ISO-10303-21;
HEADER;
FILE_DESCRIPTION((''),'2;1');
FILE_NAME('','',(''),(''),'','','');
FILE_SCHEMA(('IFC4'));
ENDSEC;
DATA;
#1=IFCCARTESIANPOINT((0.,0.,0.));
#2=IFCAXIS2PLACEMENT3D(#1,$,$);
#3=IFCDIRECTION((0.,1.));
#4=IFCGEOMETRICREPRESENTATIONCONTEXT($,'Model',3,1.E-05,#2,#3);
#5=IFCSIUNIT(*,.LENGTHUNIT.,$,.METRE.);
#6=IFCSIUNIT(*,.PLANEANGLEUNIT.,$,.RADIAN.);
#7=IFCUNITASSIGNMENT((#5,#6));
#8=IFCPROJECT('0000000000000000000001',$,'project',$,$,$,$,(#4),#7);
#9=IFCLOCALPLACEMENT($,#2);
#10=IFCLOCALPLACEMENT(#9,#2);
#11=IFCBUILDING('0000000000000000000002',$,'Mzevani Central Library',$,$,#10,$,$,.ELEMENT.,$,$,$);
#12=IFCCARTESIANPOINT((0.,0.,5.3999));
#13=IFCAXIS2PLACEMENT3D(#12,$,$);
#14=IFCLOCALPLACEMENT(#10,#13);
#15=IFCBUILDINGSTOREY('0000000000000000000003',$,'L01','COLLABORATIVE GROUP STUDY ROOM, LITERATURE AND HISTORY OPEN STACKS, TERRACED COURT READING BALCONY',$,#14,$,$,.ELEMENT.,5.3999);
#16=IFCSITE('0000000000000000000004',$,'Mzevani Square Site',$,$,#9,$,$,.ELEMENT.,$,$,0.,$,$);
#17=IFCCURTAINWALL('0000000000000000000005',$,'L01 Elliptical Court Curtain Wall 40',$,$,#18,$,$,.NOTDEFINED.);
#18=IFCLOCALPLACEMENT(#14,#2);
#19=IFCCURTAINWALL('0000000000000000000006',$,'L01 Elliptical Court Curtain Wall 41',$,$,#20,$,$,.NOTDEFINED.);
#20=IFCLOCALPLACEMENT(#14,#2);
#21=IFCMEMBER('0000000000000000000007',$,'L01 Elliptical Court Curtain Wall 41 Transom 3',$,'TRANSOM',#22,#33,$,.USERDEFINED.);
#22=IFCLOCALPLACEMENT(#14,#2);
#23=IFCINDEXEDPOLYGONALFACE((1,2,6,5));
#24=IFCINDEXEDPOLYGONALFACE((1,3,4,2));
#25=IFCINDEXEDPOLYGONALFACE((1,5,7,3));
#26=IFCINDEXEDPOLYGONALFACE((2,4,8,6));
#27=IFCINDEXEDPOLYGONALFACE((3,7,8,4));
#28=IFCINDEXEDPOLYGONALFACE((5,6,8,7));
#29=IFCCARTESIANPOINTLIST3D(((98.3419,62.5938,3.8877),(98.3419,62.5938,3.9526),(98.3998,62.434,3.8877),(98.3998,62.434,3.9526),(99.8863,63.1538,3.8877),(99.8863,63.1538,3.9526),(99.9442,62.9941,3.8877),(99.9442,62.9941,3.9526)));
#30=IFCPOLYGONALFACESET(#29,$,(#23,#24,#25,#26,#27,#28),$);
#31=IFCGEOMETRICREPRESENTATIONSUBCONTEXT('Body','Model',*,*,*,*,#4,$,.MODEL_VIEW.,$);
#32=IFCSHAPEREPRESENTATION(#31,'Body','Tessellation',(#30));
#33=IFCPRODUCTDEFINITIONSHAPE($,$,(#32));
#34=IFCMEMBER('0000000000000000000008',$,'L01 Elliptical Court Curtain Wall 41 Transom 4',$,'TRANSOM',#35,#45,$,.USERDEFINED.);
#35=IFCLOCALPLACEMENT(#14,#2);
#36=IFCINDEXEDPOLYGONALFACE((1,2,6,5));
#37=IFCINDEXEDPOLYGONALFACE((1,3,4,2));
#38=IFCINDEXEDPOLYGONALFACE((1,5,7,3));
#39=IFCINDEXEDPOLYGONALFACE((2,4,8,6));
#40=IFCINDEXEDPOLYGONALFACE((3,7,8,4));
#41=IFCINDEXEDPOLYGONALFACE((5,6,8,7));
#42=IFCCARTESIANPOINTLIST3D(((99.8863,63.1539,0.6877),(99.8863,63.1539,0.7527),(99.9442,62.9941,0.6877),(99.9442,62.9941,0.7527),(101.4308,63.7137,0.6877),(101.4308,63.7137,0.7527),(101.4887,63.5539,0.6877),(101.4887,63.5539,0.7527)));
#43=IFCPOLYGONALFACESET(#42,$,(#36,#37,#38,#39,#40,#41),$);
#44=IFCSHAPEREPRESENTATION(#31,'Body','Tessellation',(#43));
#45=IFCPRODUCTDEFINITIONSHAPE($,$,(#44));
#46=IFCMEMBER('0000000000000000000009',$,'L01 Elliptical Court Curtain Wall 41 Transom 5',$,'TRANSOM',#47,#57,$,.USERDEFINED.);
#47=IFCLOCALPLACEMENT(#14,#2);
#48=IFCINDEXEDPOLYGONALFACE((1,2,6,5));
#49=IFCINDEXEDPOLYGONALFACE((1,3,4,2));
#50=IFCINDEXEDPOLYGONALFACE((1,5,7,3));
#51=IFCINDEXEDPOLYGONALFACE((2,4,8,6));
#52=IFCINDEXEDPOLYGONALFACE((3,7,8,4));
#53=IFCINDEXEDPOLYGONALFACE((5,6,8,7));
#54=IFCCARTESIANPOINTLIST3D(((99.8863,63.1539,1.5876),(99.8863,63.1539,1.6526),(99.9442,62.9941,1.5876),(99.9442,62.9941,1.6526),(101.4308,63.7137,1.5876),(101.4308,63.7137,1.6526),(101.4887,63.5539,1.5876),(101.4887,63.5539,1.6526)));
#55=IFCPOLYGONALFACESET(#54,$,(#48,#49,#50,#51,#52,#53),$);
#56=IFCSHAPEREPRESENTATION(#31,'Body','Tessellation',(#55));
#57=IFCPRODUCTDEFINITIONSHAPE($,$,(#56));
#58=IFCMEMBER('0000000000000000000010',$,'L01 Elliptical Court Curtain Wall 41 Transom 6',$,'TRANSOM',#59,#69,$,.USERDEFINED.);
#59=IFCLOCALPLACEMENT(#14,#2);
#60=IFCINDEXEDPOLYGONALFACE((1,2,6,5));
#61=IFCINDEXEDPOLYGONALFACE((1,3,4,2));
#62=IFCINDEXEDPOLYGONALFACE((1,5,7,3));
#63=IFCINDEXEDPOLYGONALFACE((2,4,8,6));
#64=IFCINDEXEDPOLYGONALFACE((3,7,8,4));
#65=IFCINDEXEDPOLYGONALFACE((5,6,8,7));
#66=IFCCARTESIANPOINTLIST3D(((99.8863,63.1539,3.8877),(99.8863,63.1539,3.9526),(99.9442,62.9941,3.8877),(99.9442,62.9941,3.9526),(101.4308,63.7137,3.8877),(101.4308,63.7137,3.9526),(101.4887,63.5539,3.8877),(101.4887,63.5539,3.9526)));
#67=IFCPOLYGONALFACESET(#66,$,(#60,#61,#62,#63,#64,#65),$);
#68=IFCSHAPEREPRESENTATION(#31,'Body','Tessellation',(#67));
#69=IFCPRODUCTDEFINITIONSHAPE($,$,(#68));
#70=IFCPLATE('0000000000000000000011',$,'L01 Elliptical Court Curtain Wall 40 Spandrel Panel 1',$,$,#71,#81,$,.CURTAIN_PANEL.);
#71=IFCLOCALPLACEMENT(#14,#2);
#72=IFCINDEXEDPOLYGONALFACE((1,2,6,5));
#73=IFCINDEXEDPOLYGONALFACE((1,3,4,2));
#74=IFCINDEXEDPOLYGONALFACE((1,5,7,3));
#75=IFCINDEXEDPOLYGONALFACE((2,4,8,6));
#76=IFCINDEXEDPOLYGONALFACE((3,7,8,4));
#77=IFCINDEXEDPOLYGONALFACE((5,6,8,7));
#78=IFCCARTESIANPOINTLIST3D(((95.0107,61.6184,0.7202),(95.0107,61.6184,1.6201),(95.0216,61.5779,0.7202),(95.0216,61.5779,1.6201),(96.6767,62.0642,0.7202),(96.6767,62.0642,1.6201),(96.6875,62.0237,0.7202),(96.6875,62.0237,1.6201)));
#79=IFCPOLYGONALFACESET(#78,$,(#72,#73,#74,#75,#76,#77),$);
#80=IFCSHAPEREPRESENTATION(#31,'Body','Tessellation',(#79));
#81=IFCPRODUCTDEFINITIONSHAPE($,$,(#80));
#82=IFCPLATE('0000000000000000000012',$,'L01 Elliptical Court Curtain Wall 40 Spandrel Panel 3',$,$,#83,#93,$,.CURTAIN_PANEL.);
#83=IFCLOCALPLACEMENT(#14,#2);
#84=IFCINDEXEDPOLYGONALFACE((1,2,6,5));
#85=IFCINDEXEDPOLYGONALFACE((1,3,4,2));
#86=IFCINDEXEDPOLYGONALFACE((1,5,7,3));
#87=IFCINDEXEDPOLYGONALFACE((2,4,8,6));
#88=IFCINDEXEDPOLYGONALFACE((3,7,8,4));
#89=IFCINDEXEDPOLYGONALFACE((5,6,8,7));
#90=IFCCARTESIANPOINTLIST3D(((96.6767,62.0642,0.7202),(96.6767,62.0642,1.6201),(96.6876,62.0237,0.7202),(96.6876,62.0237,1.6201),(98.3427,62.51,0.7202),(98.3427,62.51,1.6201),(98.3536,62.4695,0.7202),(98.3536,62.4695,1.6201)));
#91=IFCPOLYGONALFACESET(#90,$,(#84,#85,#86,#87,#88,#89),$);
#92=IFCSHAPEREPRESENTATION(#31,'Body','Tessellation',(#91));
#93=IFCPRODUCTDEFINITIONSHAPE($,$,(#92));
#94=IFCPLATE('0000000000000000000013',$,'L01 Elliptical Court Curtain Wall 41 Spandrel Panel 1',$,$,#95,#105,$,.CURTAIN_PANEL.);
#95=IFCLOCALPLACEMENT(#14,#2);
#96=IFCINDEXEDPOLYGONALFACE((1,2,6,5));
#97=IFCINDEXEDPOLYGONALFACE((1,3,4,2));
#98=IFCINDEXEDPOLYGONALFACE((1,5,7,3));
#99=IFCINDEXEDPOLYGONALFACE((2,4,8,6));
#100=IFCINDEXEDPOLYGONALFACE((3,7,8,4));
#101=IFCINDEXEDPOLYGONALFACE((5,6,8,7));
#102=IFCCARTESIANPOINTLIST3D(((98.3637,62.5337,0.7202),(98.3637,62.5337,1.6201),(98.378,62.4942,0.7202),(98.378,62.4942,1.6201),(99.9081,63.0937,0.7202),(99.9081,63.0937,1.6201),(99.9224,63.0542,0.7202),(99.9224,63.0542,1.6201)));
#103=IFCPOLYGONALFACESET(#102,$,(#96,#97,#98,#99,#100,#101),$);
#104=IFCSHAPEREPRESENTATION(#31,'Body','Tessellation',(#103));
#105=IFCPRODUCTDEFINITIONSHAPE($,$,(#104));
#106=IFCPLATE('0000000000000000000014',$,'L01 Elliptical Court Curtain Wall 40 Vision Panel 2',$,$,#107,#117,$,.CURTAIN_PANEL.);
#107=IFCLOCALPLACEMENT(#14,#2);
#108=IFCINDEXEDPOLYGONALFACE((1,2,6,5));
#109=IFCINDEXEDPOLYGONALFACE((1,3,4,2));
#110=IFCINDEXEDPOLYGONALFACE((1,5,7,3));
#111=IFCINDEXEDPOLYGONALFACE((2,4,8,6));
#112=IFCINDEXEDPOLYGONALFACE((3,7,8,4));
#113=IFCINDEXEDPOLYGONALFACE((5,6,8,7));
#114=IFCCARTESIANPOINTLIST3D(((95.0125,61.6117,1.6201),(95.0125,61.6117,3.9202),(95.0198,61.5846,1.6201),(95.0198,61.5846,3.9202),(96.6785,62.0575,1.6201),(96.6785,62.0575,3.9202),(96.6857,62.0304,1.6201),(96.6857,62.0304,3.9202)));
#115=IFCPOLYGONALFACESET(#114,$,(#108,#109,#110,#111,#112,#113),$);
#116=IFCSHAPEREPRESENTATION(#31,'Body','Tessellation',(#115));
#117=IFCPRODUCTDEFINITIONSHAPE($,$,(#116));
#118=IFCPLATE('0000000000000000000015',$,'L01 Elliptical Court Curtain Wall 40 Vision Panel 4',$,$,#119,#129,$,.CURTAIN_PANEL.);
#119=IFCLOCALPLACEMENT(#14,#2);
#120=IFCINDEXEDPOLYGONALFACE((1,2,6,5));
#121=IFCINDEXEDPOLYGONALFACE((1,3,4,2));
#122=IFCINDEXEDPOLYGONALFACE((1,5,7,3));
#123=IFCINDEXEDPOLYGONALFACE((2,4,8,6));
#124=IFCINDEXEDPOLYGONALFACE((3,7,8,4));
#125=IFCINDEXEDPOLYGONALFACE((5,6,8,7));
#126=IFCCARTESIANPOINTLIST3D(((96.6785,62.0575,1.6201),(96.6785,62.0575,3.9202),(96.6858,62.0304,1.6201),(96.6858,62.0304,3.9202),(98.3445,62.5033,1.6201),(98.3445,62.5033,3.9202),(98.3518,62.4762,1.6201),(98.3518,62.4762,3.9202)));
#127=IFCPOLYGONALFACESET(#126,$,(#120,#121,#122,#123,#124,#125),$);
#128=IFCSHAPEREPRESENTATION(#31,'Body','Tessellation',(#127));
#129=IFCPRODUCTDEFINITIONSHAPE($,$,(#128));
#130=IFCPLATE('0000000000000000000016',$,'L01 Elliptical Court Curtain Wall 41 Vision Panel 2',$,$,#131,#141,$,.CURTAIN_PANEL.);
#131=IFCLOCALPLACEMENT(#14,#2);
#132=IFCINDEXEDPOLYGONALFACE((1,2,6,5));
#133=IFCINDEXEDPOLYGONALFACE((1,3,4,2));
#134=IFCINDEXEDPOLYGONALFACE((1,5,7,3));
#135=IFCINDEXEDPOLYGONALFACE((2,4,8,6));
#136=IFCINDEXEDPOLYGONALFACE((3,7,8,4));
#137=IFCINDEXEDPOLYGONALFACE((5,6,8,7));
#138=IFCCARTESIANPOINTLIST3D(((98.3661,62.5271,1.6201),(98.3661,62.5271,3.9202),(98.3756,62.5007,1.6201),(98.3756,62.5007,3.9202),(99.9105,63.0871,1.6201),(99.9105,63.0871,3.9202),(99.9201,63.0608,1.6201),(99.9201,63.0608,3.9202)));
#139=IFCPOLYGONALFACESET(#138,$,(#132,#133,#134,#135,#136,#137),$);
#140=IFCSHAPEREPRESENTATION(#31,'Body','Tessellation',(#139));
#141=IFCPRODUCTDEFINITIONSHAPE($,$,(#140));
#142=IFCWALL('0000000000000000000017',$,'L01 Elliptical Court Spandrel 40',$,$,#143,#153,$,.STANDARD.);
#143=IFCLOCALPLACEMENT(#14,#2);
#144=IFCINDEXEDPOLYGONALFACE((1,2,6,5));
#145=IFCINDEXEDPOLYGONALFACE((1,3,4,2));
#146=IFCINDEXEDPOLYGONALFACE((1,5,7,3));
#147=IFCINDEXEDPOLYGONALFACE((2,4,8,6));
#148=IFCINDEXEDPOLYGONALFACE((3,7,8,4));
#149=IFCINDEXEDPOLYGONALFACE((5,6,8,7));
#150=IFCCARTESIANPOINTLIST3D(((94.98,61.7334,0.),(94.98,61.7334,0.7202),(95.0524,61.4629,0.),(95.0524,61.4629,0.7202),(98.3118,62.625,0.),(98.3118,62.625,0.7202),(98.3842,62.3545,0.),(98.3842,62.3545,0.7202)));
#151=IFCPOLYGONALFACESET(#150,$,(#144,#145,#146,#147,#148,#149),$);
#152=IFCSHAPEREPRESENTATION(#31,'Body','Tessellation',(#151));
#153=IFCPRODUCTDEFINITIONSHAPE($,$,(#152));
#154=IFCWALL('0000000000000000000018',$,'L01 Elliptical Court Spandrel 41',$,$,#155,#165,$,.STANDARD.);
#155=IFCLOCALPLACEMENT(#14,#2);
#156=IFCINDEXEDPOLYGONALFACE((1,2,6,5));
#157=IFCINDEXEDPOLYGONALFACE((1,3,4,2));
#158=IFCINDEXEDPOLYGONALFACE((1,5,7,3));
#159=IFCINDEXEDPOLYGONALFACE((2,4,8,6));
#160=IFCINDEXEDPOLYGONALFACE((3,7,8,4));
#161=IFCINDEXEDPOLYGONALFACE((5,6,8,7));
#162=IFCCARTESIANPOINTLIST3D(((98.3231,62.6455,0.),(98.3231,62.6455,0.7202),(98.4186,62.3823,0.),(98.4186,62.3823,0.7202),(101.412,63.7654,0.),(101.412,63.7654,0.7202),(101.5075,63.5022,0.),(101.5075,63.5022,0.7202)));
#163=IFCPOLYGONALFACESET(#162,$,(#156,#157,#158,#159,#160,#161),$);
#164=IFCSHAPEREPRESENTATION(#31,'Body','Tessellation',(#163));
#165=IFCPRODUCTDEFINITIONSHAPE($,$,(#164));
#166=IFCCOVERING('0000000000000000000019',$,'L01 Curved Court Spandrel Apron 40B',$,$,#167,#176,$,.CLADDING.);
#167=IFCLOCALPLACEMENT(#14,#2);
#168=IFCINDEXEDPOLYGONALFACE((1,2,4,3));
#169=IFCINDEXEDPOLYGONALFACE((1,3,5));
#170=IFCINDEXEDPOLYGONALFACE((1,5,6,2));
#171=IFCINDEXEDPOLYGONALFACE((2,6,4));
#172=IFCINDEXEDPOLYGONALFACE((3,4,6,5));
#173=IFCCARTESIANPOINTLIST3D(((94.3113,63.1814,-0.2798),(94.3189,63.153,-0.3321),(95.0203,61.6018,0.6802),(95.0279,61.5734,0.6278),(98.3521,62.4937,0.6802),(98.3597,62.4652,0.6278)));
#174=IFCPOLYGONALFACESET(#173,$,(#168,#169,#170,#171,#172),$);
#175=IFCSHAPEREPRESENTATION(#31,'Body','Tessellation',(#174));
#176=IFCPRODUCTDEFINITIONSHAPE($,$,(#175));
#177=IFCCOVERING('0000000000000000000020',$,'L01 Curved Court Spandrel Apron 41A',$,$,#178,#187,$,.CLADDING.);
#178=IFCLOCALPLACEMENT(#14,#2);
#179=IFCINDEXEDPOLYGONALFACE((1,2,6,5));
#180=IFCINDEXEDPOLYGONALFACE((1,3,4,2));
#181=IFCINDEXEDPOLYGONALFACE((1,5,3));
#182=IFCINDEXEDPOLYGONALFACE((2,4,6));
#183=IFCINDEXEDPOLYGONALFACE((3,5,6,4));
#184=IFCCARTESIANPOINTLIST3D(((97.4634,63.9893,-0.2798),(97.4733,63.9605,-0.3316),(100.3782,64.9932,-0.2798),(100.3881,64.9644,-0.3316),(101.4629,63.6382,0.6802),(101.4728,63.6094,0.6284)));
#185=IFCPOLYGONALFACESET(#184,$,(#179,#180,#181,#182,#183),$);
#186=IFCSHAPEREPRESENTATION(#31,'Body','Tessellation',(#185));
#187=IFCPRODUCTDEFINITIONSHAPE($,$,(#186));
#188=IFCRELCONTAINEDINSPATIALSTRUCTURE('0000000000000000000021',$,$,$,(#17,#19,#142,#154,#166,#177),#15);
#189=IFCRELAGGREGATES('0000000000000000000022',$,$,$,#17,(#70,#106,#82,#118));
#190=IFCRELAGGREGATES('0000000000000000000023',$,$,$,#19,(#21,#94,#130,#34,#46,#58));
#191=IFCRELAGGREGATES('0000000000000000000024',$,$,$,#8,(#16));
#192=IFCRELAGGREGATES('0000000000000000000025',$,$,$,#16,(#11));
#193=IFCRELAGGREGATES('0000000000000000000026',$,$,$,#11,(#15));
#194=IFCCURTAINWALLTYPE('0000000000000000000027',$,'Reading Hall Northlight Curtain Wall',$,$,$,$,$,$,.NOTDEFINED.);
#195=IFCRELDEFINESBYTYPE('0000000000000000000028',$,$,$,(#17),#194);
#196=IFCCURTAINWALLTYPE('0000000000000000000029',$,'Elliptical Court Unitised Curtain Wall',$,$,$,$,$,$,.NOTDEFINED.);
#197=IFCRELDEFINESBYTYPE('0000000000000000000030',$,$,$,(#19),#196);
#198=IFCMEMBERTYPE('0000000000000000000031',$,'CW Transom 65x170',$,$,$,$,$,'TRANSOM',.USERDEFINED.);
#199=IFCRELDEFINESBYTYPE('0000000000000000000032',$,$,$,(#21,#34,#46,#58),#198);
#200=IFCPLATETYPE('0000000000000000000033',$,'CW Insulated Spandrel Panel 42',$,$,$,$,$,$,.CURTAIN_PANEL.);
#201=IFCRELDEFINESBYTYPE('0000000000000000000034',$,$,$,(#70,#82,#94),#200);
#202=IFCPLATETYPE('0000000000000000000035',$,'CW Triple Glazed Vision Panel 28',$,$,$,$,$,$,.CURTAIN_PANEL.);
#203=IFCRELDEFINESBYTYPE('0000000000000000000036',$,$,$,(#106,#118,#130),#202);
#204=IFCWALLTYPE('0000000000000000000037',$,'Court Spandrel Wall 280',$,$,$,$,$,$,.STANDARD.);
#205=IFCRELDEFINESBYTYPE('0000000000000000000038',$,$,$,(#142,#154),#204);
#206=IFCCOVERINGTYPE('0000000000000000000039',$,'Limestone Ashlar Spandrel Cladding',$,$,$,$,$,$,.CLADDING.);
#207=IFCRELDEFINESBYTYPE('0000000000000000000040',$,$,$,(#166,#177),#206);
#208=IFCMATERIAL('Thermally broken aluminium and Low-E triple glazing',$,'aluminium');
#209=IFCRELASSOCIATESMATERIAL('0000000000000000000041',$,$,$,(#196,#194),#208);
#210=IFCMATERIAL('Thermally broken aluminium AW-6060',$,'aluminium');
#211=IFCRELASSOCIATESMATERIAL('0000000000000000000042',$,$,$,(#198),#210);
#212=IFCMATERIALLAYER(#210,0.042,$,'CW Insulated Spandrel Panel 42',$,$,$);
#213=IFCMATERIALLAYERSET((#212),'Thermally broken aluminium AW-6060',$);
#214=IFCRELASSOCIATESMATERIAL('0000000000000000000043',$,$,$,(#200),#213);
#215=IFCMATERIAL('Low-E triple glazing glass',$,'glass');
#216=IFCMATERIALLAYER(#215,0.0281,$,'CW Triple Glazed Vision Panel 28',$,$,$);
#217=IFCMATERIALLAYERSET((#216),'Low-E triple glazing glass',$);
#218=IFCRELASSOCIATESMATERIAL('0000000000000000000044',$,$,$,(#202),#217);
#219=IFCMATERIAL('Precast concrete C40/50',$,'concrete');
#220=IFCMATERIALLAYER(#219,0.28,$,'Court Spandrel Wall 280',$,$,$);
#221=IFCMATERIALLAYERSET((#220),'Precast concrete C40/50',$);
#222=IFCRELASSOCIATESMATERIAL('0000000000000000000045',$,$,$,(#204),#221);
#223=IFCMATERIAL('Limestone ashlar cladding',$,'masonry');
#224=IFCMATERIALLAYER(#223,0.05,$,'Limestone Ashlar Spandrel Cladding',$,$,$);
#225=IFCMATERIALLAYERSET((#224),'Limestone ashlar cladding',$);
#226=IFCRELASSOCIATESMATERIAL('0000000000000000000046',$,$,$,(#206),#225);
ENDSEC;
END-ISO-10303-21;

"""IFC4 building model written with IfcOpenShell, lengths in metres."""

from ifc_helpers import new_model, si_unit, direction, frame, frame_2d, origin, origin_2d, place, context, subcontext, project, spatial, polyline, rectangle, outline, extrude, material, layer, layer_set, material_profile, profile_set, type_object, element, aggregate, save


model = new_model("IFC4")

# Units and contexts
model_context = context("Model", 3, precision=1e-05, world=origin(), true_north=direction((0.0, 1.0)))
body_context = subcontext(model_context, "Body", "Model", "MODEL_VIEW")
ifc_project = project(units=[si_unit("LENGTHUNIT", "METRE"), si_unit("PLANEANGLEUNIT", "RADIAN")], contexts=[model_context])

# Site, building, storey
site_placement = place(None, origin())
site = spatial("IfcSite", under=ifc_project, at=site_placement, Name="Mzevani Square Site", CompositionType="ELEMENT", RefElevation=0.0)
building_placement = place(site_placement, origin())
building = spatial("IfcBuilding", under=site, at=building_placement, Name="Mzevani Central Library", CompositionType="ELEMENT")
storey_placement = place(building_placement, frame((0.0, 0.0, 5.3999)))
storey = spatial("IfcBuildingStorey", under=building, at=storey_placement, Name="L01", Description="COLLABORATIVE GROUP STUDY ROOM, LITERATURE AND HISTORY OPEN STACKS, TERRACED COURT READING BALCONY", CompositionType="ELEMENT", Elevation=5.3999)

# Shared definitions
ifc_material_1 = material(Name="Thermally broken aluminium and Low-E triple glazing", Category="aluminium")
curtain_wall_type_1 = type_object("IfcCurtainWallType", Name="Elliptical Court Unitised Curtain Wall", PredefinedType="NOTDEFINED", material=ifc_material_1)
ifc_material_2 = material(Name="Thermally broken aluminium AW-6060", Category="aluminium")

# Curtain walls
curtain_wall_type_2 = type_object("IfcCurtainWallType", Name="Reading Hall Northlight Curtain Wall", PredefinedType="NOTDEFINED", material=ifc_material_1)
curtain_wall_1_placement = place(storey_placement, origin())
curtain_wall_1 = element("IfcCurtainWall", 1, at=curtain_wall_1_placement, inside=storey, type_object=curtain_wall_type_2, Name="L01 Elliptical Court Curtain Wall 40", PredefinedType="NOTDEFINED")
curtain_wall_2_placement = place(storey_placement, origin())
curtain_wall_2 = element("IfcCurtainWall", 2, at=curtain_wall_2_placement, inside=storey, type_object=curtain_wall_type_1, Name="L01 Elliptical Court Curtain Wall 41", PredefinedType="NOTDEFINED")

# Members
ifc_material_profile_1 = material_profile(ifc_material_2, rectangle(XDim=0.1699, YDim=0.0649, at=origin_2d()), Name="ALU T65x170")
ifc_profile_set_1 = profile_set([ifc_material_profile_1], Name="Thermally broken aluminium AW-6060")
member_type_1 = type_object("IfcMemberType", Name="CW Transom 65x170", ElementType="TRANSOM", PredefinedType="USERDEFINED", material=ifc_profile_set_1)
member_1_placement = place(storey_placement, frame((98.3708, 62.5139, 3.9202), z_axis=(0.940097, 0.340908, 0.0), x_axis=(-0.340908, 0.940097, 0.0)))
member_1 = element("IfcMember", 3, at=member_1_placement, type_object=member_type_1, Name="L01 Elliptical Court Curtain Wall 41 Transom 3", ObjectType="TRANSOM", PredefinedType="USERDEFINED", context=body_context, shape_type="SweptSolid", body=[
    extrude(rectangle(XDim=0.1699, YDim=0.0649, at=origin_2d()), origin(), (0.0, 0.0, 1.0), 1.6428),
])
member_2_placement = place(storey_placement, frame((99.9153, 63.074, 0.7202), z_axis=(0.940144, 0.340776, 0.0), x_axis=(-0.340776, 0.940144, 0.0)))
member_2 = element("IfcMember", 4, at=member_2_placement, type_object=member_type_1, Name="L01 Elliptical Court Curtain Wall 41 Transom 4", ObjectType="TRANSOM", PredefinedType="USERDEFINED", context=body_context, shape_type="SweptSolid", body=[
    extrude(rectangle(XDim=0.1699, YDim=0.0649, at=origin_2d()), origin(), (0.0, 0.0, 1.0), 1.6428),
])
member_3_placement = place(storey_placement, frame((99.9153, 63.074, 1.6201), z_axis=(0.940144, 0.340776, 0.0), x_axis=(-0.340776, 0.940144, 0.0)))
member_3 = element("IfcMember", 5, at=member_3_placement, type_object=member_type_1, Name="L01 Elliptical Court Curtain Wall 41 Transom 5", ObjectType="TRANSOM", PredefinedType="USERDEFINED", context=body_context, shape_type="SweptSolid", body=[
    extrude(rectangle(XDim=0.1699, YDim=0.0649, at=origin_2d()), origin(), (0.0, 0.0, 1.0), 1.6428),
])
member_4_placement = place(storey_placement, frame((99.9153, 63.074, 3.9202), z_axis=(0.940144, 0.340776, 0.0), x_axis=(-0.340776, 0.940144, 0.0)))
member_4 = element("IfcMember", 6, at=member_4_placement, type_object=member_type_1, Name="L01 Elliptical Court Curtain Wall 41 Transom 6", ObjectType="TRANSOM", PredefinedType="USERDEFINED", context=body_context, shape_type="SweptSolid", body=[
    extrude(rectangle(XDim=0.1699, YDim=0.0649, at=origin_2d()), origin(), (0.0, 0.0, 1.0), 1.6428),
])

# Plates
ifc_layer_1 = layer(ifc_material_2, 0.042, Name="CW Insulated Spandrel Panel 42")
ifc_layer_set_1 = layer_set([ifc_layer_1], Name="Thermally broken aluminium AW-6060")
plate_type_1 = type_object("IfcPlateType", Name="CW Insulated Spandrel Panel 42", PredefinedType="CURTAIN_PANEL", material=ifc_layer_set_1)
plate_1_placement = place(storey_placement, frame((95.8491, 61.821, 0.7202), z_axis=(0.0, 0.0, 1.0), x_axis=(0.966009, 0.258507, 0.0)))
plate_1 = element("IfcPlate", 7, at=plate_1_placement, type_object=plate_type_1, Name="L01 Elliptical Court Curtain Wall 40 Spandrel Panel 1", PredefinedType="CURTAIN_PANEL", context=body_context, shape_type="SweptSolid", body=[
    extrude(rectangle(XDim=1.7246, YDim=0.042, at=origin_2d()), origin(), (0.0, 0.0, 1.0), 0.8999),
])
plate_2_placement = place(storey_placement, frame((97.5151, 62.2668, 0.7202), z_axis=(0.0, 0.0, 1.0), x_axis=(0.966009, 0.258507, 0.0)))
plate_2 = element("IfcPlate", 8, at=plate_2_placement, type_object=plate_type_1, Name="L01 Elliptical Court Curtain Wall 40 Spandrel Panel 3", PredefinedType="CURTAIN_PANEL", context=body_context, shape_type="SweptSolid", body=[
    extrude(rectangle(XDim=1.7246, YDim=0.042, at=origin_2d()), origin(), (0.0, 0.0, 1.0), 0.8999),
])
plate_3_placement = place(storey_placement, frame((99.1431, 62.7939, 0.7202), z_axis=(0.0, 0.0, 1.0), x_axis=(0.940106, 0.340883, 0.0)))
plate_3 = element("IfcPlate", 9, at=plate_3_placement, type_object=plate_type_1, Name="L01 Elliptical Court Curtain Wall 41 Spandrel Panel 1", PredefinedType="CURTAIN_PANEL", context=body_context, shape_type="SweptSolid", body=[
    extrude(rectangle(XDim=1.6428, YDim=0.042, at=origin_2d()), origin(), (0.0, 0.0, 1.0), 0.8999),
])
ifc_material_3 = material(Name="Low-E triple glazing glass", Category="glass")
ifc_layer_2 = layer(ifc_material_3, 0.0281, Name="CW Triple Glazed Vision Panel 28")
ifc_layer_set_2 = layer_set([ifc_layer_2], Name="Low-E triple glazing glass")
plate_type_2 = type_object("IfcPlateType", Name="CW Triple Glazed Vision Panel 28", PredefinedType="CURTAIN_PANEL", material=ifc_layer_set_2)
plate_4_placement = place(storey_placement, frame((95.8491, 61.821, 1.6201), z_axis=(0.0, 0.0, 1.0), x_axis=(0.966009, 0.258507, 0.0)))
plate_4 = element("IfcPlate", 10, at=plate_4_placement, type_object=plate_type_2, Name="L01 Elliptical Court Curtain Wall 40 Vision Panel 2", PredefinedType="CURTAIN_PANEL", context=body_context, shape_type="SweptSolid", body=[
    extrude(rectangle(XDim=1.7246, YDim=0.0281, at=origin_2d()), origin(), (0.0, 0.0, 1.0), 2.3),
])
plate_5_placement = place(storey_placement, frame((97.5151, 62.2668, 1.6201), z_axis=(0.0, 0.0, 1.0), x_axis=(0.966009, 0.258507, 0.0)))
plate_5 = element("IfcPlate", 11, at=plate_5_placement, type_object=plate_type_2, Name="L01 Elliptical Court Curtain Wall 40 Vision Panel 4", PredefinedType="CURTAIN_PANEL", context=body_context, shape_type="SweptSolid", body=[
    extrude(rectangle(XDim=1.7246, YDim=0.0281, at=origin_2d()), origin(), (0.0, 0.0, 1.0), 2.3),
])
aggregate(curtain_wall_1, [plate_1, plate_4, plate_2, plate_5])
plate_6_placement = place(storey_placement, frame((99.1431, 62.7939, 1.6201), z_axis=(0.0, 0.0, 1.0), x_axis=(0.940106, 0.340883, 0.0)))
plate_6 = element("IfcPlate", 12, at=plate_6_placement, type_object=plate_type_2, Name="L01 Elliptical Court Curtain Wall 41 Vision Panel 2", PredefinedType="CURTAIN_PANEL", context=body_context, shape_type="SweptSolid", body=[
    extrude(rectangle(XDim=1.6428, YDim=0.0281, at=origin_2d()), origin(), (0.0, 0.0, 1.0), 2.3),
])
aggregate(curtain_wall_2, [member_1, plate_3, plate_6, member_2, member_3, member_4])

# Walls
ifc_material_4 = material(Name="Precast concrete C40/50", Category="concrete")
ifc_layer_3 = layer(ifc_material_4, 0.28, Name="Court Spandrel Wall 280")
ifc_layer_set_3 = layer_set([ifc_layer_3], Name="Precast concrete C40/50")
wall_type = type_object("IfcWallType", Name="Court Spandrel Wall 280", PredefinedType="STANDARD", material=ifc_layer_set_3)
wall_1_placement = place(storey_placement, frame((95.0161, 61.5981, 0.0), z_axis=(0.0, 0.0, 1.0), x_axis=(0.966009, 0.258508, 0.0)))
element("IfcWall", 13, at=wall_1_placement, inside=storey, type_object=wall_type, Name="L01 Elliptical Court Spandrel 40", PredefinedType="STANDARD", context=body_context, shape_type="SweptSolid", body=[
    extrude(rectangle(XDim=3.449, YDim=0.28, at=frame_2d((1.7246, 0.0))), origin(), (0.0, 0.0, 1.0), 0.7202),
])
wall_2_placement = place(storey_placement, frame((98.3708, 62.5139, 0.0), z_axis=(0.0, 0.0, 1.0), x_axis=(0.940121, 0.340842, 0.0)))
element("IfcWall", 14, at=wall_2_placement, inside=storey, type_object=wall_type, Name="L01 Elliptical Court Spandrel 41", PredefinedType="STANDARD", context=body_context, shape_type="SweptSolid", body=[
    extrude(rectangle(XDim=3.2856, YDim=0.28, at=frame_2d((1.6428, 0.0))), origin(), (0.0, 0.0, 1.0), 0.7202),
])

# Coverings
ifc_material_5 = material(Name="Limestone ashlar cladding", Category="masonry")
ifc_layer_4 = layer(ifc_material_5, 0.05, Name="Limestone Ashlar Spandrel Cladding")
ifc_layer_set_4 = layer_set([ifc_layer_4], Name="Limestone ashlar cladding")
covering_type = type_object("IfcCoveringType", Name="Limestone Ashlar Spandrel Cladding", PredefinedType="CLADDING", material=ifc_layer_set_4)
covering_1_placement = place(storey_placement, frame((94.3113, 63.1814, -0.2798), z_axis=(-0.126623, 0.473041, 0.871894), x_axis=(0.959851, -0.163368, 0.22803)))
element("IfcCovering", 15, at=covering_1_placement, inside=storey, type_object=covering_type, Name="L01 Curved Court Spandrel Apron 40B", PredefinedType="CLADDING", context=body_context, shape_type="SweptSolid", body=[
    extrude(outline(polyline([(0.0, 0.0), (4.2098, 0.0), (1.1575, -1.6061), (0.0, 0.0)])), origin(), (0.0, 0.0, -1.0), 0.0601),
])
covering_2_placement = place(storey_placement, frame((97.4634, 63.9893, -0.2798), z_axis=(-0.164926, 0.478856, 0.862262), x_axis=(0.945492, 0.325644, 0.0)))
element("IfcCovering", 16, at=covering_2_placement, inside=storey, type_object=covering_type, Name="L01 Curved Court Spandrel Apron 41A", PredefinedType="CLADDING", context=body_context, shape_type="SweptSolid", body=[
    extrude(outline(polyline([(0.0, 0.0), (3.0828, 0.0), (3.6672, -1.8954), (0.0, 0.0)])), origin(), (0.0, 0.0, -1.0), 0.0601),
])

save(model, "model.ifc")
